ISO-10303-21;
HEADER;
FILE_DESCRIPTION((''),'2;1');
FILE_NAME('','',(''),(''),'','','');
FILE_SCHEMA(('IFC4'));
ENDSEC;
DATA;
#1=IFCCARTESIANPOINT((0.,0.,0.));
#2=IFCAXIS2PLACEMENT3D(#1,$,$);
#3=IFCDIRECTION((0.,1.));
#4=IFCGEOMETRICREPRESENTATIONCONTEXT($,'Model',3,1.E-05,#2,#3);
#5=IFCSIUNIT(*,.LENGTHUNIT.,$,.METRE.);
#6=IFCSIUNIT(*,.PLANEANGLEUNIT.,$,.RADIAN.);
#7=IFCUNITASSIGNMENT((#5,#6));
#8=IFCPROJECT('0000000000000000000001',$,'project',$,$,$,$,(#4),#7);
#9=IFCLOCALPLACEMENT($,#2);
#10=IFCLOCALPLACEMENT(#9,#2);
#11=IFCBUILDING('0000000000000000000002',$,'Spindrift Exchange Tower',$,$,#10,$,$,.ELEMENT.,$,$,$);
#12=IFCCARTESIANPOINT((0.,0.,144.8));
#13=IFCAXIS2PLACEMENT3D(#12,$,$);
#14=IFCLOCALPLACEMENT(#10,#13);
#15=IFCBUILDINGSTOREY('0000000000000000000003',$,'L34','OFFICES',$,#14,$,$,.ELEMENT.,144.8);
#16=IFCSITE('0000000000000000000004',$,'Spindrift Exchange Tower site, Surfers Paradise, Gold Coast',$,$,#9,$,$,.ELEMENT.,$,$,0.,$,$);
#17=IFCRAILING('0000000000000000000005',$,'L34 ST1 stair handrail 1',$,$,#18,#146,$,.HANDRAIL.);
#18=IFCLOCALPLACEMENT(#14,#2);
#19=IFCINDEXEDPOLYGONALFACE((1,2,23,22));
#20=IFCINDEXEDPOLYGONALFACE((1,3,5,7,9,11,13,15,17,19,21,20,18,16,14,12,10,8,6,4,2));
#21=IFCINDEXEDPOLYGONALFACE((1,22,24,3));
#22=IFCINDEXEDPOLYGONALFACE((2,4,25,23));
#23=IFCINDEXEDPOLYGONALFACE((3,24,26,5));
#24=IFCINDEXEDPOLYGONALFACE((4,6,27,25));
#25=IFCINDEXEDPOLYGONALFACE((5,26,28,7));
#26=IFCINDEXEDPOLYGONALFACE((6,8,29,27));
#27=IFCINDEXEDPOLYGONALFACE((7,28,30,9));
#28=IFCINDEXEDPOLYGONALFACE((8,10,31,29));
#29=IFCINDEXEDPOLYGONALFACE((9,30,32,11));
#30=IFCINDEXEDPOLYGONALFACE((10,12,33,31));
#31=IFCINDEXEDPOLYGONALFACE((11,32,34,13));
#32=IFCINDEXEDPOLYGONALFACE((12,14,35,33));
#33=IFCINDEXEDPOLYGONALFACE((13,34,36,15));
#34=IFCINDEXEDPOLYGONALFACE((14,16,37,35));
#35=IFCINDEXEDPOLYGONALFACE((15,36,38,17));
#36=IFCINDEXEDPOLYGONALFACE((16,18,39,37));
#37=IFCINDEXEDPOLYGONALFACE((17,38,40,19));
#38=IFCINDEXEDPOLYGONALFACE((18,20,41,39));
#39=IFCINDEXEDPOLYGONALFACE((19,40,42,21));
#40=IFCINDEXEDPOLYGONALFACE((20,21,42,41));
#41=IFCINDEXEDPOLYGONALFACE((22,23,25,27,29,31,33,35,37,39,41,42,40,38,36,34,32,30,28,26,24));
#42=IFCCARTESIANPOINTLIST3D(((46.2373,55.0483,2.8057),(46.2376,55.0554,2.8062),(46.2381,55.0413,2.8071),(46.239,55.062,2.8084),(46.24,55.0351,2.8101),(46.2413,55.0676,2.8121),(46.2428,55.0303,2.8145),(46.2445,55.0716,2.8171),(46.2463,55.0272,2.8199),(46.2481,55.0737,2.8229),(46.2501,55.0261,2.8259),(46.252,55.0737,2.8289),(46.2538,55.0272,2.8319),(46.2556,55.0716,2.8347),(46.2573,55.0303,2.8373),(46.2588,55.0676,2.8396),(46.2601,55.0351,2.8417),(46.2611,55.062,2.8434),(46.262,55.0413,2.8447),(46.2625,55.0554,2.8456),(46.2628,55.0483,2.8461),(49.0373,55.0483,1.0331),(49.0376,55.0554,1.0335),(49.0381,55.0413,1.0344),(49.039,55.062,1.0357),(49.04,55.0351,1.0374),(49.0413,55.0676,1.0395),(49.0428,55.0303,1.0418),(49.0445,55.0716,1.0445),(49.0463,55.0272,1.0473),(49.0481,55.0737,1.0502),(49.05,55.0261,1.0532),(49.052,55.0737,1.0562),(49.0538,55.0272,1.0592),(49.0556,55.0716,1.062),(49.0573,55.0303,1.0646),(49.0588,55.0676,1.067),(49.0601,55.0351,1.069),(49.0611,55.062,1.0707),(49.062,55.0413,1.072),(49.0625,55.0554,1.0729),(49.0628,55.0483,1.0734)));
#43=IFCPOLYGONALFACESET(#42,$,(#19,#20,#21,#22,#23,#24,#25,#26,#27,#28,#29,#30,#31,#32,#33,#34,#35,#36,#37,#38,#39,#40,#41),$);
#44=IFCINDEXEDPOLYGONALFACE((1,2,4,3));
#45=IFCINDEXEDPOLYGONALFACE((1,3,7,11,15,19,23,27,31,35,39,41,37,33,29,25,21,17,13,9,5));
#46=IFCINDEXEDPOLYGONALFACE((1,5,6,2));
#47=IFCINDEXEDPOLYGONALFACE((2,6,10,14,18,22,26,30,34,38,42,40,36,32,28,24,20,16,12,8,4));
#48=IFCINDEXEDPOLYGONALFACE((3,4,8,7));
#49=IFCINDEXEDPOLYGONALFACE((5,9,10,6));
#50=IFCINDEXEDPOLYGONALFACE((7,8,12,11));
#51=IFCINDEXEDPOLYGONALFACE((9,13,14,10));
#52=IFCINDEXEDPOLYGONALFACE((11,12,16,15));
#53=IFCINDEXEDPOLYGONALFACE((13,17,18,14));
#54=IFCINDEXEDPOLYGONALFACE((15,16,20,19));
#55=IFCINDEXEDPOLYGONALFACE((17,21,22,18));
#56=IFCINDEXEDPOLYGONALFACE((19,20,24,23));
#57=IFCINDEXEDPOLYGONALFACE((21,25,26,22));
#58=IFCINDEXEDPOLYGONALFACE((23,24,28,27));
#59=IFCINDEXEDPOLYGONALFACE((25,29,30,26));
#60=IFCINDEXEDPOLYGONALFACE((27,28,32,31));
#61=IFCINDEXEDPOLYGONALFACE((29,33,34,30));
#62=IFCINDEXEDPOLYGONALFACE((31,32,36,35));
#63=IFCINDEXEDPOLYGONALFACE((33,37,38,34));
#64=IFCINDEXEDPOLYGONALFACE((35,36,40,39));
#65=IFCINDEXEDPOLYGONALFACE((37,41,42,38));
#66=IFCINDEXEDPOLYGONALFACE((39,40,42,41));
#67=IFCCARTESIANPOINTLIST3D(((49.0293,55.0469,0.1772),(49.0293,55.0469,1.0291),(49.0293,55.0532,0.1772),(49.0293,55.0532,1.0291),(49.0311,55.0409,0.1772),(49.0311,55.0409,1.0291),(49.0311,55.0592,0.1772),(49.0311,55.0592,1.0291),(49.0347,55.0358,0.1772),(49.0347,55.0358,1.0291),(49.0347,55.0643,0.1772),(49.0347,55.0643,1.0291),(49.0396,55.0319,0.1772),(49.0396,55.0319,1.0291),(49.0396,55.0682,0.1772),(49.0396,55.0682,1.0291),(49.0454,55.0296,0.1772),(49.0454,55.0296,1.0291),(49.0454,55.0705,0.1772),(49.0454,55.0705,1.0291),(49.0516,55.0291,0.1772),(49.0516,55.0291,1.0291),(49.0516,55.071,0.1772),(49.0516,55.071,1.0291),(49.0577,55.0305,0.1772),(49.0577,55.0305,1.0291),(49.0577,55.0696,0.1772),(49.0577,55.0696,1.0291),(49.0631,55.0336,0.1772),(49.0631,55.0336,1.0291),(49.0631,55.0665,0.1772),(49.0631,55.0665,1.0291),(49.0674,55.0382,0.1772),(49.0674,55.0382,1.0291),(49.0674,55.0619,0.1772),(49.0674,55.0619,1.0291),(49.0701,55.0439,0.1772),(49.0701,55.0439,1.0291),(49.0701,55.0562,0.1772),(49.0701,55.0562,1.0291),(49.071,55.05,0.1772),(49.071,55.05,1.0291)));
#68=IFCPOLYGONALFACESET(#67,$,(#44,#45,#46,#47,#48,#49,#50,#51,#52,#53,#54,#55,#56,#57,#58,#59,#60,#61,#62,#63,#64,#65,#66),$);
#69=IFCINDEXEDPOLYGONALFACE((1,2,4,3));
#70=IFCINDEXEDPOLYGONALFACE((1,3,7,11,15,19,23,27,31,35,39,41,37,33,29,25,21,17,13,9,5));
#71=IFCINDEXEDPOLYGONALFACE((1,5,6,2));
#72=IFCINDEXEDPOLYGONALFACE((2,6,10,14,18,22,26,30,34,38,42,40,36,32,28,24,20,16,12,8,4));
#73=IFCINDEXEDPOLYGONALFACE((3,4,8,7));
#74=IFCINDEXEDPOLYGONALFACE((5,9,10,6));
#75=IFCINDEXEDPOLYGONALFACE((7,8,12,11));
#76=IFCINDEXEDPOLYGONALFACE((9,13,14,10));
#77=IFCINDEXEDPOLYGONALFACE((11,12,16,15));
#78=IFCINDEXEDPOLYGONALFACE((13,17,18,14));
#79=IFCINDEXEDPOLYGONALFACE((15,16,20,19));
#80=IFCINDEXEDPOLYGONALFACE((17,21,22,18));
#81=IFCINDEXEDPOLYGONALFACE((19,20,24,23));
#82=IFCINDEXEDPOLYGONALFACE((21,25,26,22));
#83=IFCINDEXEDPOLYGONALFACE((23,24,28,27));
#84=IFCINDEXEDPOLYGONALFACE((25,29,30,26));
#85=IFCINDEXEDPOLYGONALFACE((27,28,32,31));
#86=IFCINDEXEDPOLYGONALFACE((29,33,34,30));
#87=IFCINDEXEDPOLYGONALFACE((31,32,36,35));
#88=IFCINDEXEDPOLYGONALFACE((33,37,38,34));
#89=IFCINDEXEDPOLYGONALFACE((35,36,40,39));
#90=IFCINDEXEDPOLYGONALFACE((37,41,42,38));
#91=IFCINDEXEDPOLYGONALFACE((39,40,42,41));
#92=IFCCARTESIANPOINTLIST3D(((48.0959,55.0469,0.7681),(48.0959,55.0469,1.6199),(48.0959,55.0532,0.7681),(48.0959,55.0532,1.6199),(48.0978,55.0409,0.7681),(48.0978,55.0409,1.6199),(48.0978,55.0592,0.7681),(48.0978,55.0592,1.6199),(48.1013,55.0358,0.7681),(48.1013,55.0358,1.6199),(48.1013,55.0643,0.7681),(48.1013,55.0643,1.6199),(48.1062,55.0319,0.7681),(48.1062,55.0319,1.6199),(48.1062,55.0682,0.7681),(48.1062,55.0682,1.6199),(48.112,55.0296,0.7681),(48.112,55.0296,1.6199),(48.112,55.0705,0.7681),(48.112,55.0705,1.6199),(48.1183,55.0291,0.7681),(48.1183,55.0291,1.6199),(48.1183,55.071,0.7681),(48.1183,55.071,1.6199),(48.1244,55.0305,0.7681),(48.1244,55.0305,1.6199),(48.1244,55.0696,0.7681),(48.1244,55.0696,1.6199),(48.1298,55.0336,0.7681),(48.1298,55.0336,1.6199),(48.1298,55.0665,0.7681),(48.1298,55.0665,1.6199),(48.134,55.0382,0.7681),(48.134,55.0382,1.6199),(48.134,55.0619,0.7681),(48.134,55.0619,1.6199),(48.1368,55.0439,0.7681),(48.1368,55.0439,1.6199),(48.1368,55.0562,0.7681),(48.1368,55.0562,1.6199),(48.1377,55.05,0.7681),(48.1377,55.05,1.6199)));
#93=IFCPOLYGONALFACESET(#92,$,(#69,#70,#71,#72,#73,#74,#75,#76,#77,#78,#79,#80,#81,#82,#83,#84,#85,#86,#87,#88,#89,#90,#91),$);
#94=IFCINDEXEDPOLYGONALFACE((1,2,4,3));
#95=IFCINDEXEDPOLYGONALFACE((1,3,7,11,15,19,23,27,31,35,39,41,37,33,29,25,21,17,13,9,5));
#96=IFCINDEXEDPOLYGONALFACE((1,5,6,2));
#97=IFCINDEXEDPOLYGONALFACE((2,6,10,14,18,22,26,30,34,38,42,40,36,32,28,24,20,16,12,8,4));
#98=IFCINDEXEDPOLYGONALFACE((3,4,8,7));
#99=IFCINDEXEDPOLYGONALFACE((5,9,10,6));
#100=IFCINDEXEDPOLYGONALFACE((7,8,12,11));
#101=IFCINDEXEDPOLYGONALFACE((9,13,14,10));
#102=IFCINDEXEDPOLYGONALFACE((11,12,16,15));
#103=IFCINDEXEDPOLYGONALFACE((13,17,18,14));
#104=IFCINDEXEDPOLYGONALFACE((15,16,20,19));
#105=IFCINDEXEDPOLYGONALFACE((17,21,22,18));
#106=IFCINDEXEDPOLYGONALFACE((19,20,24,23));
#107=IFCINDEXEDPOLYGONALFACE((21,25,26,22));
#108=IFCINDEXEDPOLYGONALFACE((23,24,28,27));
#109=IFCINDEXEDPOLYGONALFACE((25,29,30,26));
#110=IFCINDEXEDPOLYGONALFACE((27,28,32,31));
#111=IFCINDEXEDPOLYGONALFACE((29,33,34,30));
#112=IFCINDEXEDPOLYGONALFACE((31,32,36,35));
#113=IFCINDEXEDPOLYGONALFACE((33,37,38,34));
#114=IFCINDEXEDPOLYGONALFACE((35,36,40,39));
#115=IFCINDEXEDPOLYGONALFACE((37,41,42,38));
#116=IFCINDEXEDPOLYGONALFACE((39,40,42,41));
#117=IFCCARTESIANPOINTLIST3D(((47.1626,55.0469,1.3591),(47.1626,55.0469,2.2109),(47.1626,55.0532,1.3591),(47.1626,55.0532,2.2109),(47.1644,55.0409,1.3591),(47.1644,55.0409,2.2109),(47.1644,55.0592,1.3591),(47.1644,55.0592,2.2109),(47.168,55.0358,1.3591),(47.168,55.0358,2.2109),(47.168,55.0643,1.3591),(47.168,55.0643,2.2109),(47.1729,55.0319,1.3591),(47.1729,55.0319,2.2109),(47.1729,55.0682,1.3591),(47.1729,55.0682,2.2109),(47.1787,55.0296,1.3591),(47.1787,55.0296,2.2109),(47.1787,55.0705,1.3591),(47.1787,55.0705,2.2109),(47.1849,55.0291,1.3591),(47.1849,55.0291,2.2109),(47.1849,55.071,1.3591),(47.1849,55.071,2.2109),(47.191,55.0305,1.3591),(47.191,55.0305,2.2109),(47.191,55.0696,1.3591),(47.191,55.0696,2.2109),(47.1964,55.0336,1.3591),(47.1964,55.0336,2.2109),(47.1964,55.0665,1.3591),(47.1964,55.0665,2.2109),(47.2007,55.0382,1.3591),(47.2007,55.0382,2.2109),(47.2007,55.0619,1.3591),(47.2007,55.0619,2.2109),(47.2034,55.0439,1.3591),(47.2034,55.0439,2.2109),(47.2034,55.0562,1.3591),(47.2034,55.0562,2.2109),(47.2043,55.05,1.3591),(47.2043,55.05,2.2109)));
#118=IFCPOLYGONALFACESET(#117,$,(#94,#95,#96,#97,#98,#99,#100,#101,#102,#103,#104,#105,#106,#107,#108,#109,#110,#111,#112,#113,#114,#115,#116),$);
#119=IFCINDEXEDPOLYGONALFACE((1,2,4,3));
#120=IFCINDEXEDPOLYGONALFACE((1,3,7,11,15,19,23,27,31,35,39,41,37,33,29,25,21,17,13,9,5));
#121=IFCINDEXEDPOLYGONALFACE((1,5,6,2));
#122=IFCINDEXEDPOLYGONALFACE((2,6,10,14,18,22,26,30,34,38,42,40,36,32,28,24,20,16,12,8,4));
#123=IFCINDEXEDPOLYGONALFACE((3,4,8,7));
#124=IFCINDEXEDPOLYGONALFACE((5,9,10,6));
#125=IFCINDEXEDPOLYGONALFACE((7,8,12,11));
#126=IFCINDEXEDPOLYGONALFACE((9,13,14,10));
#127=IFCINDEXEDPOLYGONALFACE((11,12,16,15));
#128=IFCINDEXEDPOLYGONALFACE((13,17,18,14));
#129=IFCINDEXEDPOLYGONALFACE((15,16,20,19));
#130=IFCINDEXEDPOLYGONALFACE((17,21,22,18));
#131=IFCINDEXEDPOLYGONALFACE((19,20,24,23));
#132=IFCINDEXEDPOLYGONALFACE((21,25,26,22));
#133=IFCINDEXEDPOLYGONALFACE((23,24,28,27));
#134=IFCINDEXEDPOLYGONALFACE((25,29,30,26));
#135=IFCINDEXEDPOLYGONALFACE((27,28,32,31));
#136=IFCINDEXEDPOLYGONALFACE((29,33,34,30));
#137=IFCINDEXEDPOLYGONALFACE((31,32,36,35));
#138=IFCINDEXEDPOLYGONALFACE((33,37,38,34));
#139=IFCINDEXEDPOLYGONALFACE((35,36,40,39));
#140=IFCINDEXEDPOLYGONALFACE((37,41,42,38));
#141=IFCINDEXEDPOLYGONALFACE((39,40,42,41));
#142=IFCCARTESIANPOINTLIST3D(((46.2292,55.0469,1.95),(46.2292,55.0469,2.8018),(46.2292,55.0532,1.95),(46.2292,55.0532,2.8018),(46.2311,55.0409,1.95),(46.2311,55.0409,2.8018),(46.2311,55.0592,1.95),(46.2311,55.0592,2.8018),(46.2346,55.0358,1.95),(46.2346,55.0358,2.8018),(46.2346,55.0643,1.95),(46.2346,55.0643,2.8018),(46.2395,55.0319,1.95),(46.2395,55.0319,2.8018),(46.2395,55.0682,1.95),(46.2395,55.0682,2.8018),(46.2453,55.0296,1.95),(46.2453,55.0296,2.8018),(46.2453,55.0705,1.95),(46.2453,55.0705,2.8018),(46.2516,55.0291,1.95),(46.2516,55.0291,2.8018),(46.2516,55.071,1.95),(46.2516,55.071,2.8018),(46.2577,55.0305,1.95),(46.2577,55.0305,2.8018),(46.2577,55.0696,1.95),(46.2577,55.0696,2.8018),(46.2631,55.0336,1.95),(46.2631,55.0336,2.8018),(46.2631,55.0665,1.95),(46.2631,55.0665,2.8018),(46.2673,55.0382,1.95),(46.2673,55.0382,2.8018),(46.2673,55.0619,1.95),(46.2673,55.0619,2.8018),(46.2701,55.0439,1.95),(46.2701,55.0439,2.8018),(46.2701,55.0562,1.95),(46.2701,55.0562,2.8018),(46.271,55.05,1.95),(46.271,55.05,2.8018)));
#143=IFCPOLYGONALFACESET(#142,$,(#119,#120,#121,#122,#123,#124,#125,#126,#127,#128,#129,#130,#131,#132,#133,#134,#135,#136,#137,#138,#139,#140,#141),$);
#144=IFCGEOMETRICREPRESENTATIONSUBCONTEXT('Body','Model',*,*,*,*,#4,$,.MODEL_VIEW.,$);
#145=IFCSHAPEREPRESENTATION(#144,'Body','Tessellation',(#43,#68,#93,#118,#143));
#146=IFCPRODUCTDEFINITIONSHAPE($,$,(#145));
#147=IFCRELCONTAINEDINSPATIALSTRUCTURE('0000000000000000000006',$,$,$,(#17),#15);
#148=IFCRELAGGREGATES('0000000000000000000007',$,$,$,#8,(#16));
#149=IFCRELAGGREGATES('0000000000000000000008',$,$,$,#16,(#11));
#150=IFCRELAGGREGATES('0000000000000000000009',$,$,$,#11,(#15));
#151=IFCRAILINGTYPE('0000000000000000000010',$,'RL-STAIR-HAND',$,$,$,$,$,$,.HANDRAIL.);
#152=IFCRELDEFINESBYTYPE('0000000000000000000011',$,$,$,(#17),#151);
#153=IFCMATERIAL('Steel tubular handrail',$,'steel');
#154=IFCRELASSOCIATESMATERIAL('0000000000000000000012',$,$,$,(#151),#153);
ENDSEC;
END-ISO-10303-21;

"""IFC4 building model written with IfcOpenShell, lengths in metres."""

from ifc_helpers import new_model, si_unit, direction, frame, origin, origin_2d, place, context, subcontext, project, spatial, circle, extrude, material, type_object, element, save


model = new_model("IFC4")

# Units and contexts
model_context = context("Model", 3, precision=1e-05, world=origin(), true_north=direction((0.0, 1.0)))
body_context = subcontext(model_context, "Body", "Model", "MODEL_VIEW")
ifc_project = project(units=[si_unit("LENGTHUNIT", "METRE"), si_unit("PLANEANGLEUNIT", "RADIAN")], contexts=[model_context])

# Site, building, storey
site_placement = place(None, origin())
site = spatial("IfcSite", under=ifc_project, at=site_placement, Name="Spindrift Exchange Tower site, Surfers Paradise, Gold Coast", CompositionType="ELEMENT", RefElevation=0.0)
building_placement = place(site_placement, origin())
building = spatial("IfcBuilding", under=site, at=building_placement, Name="Spindrift Exchange Tower", CompositionType="ELEMENT")
storey_placement = place(building_placement, frame((0.0, 0.0, 144.8)))
storey = spatial("IfcBuildingStorey", under=building, at=storey_placement, Name="L34", Description="OFFICES", CompositionType="ELEMENT", Elevation=144.8)

# Railing
ifc_material_1 = material(Name="Steel tubular handrail", Category="steel")
railing_type_1 = type_object("IfcRailingType", Name="RL-STAIR-HAND", PredefinedType="HANDRAIL", material=ifc_material_1)
railing_1_placement = place(storey_placement, frame((49.05, 55.05, 0.1772)))
element("IfcRailing", 1, at=railing_1_placement, inside=storey, type_object=railing_type_1, Name="L34 ST1 stair handrail 1", PredefinedType="HANDRAIL", context=body_context, shape_type="SweptSolid", body=[
    extrude(circle(Radius=0.0239, at=origin_2d()), frame((0.0, 0.0, 0.876), z_axis=(-0.844909, 0.0, 0.53491), x_axis=(0.0, -1.0, 0.0)), (0.0, 0.0, 1.0), 3.314),
    extrude(circle(Radius=0.021, at=origin_2d()), origin(), (0.0, 0.0, 1.0), 0.8518),
    extrude(circle(Radius=0.021, at=origin_2d()), frame((-0.9333, 0.0, 0.5908)), (0.0, 0.0, 1.0), 0.8518),
    extrude(circle(Radius=0.021, at=origin_2d()), frame((-1.8667, 0.0, 1.1819)), (0.0, 0.0, 1.0), 0.8518),
    extrude(circle(Radius=0.021, at=origin_2d()), frame((-2.8, 0.0, 1.7727)), (0.0, 0.0, 1.0), 0.8518),
])

save(model, "model.ifc")
